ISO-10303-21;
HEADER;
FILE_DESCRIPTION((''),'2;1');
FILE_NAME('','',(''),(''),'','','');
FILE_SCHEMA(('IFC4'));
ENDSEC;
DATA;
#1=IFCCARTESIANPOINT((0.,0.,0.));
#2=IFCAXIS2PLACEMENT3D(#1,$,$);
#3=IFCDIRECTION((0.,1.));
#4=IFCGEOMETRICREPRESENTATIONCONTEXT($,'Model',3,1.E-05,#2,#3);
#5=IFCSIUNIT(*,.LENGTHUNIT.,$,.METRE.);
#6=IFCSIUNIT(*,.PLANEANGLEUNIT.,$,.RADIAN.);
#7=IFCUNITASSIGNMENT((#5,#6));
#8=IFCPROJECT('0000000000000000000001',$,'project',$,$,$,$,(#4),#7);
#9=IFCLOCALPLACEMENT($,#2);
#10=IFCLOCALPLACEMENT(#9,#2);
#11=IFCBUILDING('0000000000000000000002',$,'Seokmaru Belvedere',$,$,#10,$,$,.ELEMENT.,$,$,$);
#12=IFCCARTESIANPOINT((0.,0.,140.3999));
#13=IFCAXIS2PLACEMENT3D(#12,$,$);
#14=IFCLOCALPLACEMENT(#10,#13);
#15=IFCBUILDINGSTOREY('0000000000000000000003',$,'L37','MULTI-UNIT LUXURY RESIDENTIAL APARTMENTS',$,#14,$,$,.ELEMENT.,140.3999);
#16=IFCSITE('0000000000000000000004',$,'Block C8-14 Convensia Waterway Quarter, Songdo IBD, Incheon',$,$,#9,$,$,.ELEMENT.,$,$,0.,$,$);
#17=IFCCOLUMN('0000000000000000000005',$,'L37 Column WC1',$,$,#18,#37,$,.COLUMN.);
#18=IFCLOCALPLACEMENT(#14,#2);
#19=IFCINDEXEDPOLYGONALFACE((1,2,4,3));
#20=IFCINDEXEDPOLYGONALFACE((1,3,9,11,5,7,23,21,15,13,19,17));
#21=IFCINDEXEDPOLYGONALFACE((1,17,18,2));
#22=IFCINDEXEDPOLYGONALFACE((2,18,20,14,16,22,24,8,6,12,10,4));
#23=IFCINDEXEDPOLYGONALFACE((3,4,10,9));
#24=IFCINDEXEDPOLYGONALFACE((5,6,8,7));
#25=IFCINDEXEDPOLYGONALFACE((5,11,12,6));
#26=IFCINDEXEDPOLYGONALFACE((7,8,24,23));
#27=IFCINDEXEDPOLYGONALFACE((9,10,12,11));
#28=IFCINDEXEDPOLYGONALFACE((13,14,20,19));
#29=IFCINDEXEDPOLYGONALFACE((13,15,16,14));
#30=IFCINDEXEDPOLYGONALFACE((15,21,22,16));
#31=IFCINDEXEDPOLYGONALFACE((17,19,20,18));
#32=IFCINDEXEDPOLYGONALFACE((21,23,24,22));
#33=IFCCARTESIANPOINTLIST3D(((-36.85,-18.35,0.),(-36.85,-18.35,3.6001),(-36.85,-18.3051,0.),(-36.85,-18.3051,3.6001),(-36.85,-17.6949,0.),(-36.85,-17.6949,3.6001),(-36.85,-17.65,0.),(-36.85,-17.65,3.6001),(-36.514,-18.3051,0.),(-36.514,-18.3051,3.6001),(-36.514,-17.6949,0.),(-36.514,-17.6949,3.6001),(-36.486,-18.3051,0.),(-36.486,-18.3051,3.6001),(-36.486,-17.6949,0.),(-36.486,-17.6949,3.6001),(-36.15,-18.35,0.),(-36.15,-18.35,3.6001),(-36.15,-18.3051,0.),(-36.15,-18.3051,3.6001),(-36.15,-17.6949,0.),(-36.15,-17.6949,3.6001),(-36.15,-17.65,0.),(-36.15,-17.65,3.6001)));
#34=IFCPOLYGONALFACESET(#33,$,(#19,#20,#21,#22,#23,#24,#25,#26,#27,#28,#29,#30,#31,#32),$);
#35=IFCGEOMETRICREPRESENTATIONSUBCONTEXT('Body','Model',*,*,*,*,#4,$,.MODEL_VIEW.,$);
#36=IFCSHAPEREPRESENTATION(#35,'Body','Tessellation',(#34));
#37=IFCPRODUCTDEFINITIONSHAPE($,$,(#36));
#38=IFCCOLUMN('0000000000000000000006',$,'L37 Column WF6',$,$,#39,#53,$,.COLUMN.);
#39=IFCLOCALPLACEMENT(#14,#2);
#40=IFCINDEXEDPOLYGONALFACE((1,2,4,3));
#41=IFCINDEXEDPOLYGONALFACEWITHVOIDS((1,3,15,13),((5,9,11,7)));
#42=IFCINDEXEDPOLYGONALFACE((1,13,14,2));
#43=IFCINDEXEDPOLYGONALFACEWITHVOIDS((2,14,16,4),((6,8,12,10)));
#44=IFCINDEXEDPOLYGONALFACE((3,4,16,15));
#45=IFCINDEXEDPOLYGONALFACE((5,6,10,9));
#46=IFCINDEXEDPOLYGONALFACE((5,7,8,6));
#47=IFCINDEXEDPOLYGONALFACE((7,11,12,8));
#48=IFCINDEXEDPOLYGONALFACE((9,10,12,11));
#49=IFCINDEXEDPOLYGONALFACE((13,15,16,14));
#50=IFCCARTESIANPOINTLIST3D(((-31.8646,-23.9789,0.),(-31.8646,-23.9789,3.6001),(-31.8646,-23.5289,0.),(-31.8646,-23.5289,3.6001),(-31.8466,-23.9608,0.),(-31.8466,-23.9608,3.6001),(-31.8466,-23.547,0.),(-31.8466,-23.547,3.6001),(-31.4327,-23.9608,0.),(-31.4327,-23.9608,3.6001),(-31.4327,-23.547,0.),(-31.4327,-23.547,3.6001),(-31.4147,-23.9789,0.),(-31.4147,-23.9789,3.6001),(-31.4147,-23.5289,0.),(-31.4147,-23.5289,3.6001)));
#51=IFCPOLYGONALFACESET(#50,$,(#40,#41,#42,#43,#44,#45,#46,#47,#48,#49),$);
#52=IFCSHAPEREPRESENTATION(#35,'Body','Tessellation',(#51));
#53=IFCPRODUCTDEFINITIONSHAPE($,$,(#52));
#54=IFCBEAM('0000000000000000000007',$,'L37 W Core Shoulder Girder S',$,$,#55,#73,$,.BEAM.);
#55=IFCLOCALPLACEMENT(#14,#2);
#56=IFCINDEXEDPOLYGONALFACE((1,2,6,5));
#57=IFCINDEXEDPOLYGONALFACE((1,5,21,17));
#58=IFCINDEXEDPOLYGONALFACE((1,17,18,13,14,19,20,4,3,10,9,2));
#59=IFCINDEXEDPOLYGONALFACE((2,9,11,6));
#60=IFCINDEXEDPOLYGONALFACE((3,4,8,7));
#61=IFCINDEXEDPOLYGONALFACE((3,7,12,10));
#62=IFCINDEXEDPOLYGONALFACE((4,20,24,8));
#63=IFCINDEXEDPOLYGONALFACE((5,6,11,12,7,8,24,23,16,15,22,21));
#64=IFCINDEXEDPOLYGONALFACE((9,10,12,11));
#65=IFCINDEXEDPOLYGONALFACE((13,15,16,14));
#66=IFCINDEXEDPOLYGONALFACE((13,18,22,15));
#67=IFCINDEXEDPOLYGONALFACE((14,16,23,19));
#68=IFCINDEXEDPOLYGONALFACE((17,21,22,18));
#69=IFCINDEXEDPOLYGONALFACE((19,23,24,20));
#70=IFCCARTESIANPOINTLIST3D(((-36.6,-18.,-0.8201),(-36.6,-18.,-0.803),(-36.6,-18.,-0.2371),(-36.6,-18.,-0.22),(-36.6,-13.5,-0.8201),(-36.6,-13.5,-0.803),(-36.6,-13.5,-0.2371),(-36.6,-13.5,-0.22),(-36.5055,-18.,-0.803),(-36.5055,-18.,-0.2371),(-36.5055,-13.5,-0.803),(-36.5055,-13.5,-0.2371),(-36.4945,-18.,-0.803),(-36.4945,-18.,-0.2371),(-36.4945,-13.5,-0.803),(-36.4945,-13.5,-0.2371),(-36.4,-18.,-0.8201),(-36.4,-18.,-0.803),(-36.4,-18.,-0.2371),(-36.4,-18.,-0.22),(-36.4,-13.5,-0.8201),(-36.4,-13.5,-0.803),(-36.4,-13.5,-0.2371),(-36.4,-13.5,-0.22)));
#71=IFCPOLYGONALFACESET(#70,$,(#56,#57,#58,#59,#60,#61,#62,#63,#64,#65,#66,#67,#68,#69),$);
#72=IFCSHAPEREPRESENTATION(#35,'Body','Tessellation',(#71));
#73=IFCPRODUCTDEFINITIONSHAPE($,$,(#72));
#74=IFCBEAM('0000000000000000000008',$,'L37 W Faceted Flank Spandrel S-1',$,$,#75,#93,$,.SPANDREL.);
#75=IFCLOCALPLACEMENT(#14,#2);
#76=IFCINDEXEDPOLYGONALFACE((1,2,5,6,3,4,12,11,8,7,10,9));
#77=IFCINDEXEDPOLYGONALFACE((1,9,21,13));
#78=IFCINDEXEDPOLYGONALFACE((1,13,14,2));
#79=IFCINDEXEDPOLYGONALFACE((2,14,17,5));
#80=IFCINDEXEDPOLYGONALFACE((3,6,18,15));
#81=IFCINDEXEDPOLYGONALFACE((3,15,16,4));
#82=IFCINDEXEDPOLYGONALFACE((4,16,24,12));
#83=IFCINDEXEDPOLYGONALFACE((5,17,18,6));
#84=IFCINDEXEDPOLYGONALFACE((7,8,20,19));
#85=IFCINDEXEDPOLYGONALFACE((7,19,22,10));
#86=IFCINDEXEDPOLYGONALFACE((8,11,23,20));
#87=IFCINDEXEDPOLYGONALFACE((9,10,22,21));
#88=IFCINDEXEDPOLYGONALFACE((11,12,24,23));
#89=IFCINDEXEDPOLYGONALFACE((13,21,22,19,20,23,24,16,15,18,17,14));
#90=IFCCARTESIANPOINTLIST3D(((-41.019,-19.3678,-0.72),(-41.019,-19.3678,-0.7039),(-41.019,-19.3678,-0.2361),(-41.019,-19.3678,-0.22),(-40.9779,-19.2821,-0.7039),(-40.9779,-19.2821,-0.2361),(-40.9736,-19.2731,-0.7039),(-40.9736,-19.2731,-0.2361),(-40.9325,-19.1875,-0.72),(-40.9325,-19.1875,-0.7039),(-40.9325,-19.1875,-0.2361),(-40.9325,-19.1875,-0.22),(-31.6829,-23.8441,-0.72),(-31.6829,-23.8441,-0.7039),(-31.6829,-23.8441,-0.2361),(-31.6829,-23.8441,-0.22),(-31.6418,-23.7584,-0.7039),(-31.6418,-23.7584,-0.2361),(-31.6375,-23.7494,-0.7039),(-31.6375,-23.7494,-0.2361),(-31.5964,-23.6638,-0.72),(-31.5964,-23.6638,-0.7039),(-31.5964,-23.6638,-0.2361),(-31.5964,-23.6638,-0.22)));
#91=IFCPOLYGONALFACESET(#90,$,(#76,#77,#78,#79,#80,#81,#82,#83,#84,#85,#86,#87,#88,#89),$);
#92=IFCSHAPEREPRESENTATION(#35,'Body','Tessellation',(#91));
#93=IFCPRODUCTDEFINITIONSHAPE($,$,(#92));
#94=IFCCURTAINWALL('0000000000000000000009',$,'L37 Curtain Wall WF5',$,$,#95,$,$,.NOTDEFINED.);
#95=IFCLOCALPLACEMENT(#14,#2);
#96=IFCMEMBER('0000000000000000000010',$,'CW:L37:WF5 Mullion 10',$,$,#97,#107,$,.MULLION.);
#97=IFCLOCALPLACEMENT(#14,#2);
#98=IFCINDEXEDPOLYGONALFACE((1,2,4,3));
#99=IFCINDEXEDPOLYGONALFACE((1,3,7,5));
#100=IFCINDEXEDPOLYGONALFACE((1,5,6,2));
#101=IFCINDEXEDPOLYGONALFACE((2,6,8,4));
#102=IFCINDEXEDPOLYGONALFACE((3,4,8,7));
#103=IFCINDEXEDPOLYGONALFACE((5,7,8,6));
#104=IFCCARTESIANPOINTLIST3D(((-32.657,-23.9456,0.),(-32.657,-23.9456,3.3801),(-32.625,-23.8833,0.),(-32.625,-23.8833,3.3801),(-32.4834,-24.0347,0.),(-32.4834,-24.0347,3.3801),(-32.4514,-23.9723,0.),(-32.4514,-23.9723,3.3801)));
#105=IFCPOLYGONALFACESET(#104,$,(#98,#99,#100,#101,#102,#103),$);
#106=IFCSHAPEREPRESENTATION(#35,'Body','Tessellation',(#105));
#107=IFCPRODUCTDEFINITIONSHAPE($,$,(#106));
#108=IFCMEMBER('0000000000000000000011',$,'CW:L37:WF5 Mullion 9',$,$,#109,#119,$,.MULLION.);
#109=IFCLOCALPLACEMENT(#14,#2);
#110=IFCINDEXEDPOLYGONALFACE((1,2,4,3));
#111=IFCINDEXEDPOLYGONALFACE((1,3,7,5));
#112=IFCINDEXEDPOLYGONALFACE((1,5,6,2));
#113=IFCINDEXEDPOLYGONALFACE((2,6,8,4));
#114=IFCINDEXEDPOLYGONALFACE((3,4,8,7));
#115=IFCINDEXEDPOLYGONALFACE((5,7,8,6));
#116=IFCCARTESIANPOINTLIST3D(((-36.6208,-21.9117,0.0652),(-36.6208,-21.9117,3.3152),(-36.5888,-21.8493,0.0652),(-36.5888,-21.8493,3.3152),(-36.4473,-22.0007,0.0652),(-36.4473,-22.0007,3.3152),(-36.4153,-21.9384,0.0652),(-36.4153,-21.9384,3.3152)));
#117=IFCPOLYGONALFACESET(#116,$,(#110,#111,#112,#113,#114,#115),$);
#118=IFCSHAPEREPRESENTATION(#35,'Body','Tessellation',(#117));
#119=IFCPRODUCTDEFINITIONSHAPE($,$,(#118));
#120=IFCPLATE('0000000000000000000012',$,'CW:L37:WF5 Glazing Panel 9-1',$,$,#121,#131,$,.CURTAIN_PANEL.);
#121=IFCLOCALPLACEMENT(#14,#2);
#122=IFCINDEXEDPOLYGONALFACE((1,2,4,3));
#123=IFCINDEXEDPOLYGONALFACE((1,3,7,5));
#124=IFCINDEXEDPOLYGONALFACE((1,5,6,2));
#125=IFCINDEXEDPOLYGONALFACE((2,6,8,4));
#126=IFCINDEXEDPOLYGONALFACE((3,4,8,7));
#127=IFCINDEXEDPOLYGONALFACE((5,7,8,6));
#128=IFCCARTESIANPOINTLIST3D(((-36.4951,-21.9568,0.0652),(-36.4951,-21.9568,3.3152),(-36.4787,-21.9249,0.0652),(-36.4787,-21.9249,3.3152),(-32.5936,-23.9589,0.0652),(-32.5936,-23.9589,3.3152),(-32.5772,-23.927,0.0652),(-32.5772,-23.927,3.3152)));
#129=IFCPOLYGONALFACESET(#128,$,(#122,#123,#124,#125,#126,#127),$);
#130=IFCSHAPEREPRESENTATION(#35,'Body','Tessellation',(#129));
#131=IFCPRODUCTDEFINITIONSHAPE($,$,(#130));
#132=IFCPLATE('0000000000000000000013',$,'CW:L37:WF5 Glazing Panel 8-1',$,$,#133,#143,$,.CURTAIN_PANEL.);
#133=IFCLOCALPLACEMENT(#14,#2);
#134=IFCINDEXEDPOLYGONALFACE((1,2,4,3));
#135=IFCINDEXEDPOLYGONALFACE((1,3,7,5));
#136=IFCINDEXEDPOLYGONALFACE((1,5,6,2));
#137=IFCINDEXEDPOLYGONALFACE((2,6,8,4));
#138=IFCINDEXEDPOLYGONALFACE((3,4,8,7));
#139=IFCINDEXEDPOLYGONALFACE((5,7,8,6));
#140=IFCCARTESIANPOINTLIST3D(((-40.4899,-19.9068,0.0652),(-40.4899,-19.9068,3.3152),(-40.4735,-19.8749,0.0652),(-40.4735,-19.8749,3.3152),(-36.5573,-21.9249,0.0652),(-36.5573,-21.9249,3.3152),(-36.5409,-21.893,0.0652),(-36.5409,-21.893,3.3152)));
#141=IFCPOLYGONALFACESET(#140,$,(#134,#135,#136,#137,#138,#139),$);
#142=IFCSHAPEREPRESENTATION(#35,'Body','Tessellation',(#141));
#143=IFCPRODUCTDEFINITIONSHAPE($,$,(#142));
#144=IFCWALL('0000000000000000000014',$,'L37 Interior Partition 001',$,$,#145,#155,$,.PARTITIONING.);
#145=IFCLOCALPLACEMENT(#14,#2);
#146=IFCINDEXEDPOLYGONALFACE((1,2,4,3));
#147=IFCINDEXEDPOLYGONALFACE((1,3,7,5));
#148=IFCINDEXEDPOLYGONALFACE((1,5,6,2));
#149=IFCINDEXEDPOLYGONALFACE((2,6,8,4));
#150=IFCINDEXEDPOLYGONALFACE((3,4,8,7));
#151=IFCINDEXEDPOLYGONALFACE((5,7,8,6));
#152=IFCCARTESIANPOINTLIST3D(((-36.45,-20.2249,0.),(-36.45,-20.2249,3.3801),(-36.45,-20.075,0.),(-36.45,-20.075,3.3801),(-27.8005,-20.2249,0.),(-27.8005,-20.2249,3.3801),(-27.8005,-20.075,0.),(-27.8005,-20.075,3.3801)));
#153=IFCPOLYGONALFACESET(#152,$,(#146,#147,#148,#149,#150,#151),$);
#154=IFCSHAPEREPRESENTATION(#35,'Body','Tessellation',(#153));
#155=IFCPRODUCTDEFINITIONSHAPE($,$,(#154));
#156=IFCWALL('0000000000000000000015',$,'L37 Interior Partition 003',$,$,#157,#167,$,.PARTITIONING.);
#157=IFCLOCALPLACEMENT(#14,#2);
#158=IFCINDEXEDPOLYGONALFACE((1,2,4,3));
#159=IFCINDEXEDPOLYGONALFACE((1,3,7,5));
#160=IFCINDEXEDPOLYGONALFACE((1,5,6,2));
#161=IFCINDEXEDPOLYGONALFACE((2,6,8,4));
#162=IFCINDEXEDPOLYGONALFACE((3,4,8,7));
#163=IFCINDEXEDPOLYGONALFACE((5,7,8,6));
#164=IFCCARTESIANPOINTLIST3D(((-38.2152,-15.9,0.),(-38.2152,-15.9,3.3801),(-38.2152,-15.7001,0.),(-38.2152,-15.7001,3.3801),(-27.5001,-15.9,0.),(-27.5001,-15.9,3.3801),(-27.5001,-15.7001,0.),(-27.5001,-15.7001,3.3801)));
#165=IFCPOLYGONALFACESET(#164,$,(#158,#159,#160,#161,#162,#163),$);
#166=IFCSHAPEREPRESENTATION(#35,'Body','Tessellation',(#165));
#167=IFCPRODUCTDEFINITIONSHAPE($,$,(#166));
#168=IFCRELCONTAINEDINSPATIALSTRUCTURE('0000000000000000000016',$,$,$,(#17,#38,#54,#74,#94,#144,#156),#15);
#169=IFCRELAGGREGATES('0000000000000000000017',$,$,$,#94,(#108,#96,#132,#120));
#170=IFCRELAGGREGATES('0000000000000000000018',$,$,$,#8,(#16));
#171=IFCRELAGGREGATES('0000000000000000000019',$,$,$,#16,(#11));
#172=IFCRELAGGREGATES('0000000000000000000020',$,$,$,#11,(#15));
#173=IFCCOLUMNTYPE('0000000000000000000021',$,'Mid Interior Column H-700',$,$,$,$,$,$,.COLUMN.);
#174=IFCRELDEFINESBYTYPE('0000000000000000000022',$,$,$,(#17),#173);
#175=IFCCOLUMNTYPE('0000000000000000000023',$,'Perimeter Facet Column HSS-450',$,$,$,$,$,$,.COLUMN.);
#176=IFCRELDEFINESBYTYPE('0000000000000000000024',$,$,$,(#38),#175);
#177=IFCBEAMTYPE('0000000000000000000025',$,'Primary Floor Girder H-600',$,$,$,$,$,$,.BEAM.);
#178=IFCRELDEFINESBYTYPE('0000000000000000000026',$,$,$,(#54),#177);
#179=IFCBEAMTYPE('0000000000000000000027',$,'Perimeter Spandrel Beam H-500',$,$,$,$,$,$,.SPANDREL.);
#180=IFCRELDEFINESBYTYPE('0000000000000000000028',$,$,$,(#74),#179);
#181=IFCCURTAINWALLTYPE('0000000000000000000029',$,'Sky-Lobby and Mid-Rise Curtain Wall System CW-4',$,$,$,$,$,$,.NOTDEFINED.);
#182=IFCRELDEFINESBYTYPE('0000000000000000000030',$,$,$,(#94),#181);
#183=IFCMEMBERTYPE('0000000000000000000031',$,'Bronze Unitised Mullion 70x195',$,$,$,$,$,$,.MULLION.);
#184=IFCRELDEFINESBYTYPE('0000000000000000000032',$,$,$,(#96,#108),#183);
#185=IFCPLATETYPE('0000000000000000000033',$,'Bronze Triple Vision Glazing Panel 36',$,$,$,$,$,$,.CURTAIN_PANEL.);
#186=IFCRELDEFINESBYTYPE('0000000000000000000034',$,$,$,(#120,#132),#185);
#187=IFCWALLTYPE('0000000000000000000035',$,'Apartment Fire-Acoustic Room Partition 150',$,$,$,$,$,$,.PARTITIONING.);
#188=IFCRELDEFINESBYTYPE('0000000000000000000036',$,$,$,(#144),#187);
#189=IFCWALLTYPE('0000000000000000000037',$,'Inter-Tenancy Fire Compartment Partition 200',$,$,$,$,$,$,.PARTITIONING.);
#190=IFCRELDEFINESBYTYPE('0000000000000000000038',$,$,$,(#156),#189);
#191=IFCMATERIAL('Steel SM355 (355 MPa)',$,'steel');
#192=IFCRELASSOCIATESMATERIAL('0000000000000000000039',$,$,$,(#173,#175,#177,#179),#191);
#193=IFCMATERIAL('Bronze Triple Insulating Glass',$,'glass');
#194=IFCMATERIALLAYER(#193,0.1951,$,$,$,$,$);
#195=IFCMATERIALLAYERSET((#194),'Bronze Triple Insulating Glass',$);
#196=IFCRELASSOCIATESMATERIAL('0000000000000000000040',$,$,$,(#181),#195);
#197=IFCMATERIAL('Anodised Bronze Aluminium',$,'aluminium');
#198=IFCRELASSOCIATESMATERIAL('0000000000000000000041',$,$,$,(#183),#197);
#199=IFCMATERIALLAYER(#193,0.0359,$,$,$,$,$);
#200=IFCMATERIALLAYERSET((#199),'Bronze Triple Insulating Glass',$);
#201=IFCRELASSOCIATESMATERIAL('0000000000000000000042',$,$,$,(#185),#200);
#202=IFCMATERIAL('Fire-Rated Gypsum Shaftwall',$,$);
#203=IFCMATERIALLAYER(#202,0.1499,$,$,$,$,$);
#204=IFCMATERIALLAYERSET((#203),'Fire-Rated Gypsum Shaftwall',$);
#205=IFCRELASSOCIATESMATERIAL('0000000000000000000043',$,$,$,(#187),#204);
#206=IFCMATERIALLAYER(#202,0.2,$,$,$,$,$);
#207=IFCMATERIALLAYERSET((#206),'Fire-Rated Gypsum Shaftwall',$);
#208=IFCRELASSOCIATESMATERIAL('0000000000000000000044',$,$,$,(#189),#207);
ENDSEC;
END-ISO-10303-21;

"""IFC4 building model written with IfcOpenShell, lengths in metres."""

from ifc_helpers import new_model, si_unit, direction, frame, frame_2d, origin, origin_2d, place, context, subcontext, project, spatial, rectangle, hollow_rectangle, i_section, extrude, source, transform, mapped, material, layer, layer_set, material_profile, profile_set, type_object, type_shapes, element, aggregate, save


model = new_model("IFC4")

# Units and contexts
model_context = context("Model", 3, precision=1e-05, world=origin(), true_north=direction((0.0, 1.0)))
body_context = subcontext(model_context, "Body", "Model", "MODEL_VIEW")
ifc_project = project(units=[si_unit("LENGTHUNIT", "METRE"), si_unit("PLANEANGLEUNIT", "RADIAN")], contexts=[model_context])

# Site, building, storey
site_placement = place(None, origin())
site = spatial("IfcSite", under=ifc_project, at=site_placement, Name="Block C8-14 Convensia Waterway Quarter, Songdo IBD, Incheon", CompositionType="ELEMENT", RefElevation=0.0)
building_placement = place(site_placement, origin())
building = spatial("IfcBuilding", under=site, at=building_placement, Name="Seokmaru Belvedere", CompositionType="ELEMENT")
storey_placement = place(building_placement, frame((0.0, 0.0, 140.3999)))
storey = spatial("IfcBuildingStorey", under=building, at=storey_placement, Name="L37", Description="MULTI-UNIT LUXURY RESIDENTIAL APARTMENTS", CompositionType="ELEMENT", Elevation=140.3999)

# Columns
ifc_material_1 = material(Name="Steel SM355 (355 MPa)", Category="steel")
ifc_material_profile_1 = material_profile(ifc_material_1, i_section(OverallWidth=0.7, OverallDepth=0.7, WebThickness=0.0281, FlangeThickness=0.0449, at=origin_2d()), Name="H-700x700x28x45")
ifc_profile_set_1 = profile_set([ifc_material_profile_1], Name="Steel SM355 (355 MPa)")
column_type_1 = type_object("IfcColumnType", Name="Mid Interior Column H-700", PredefinedType="COLUMN", material=ifc_profile_set_1)
shared_shape_1 = source(origin(), body_context, "Body", "SweptSolid", [
    extrude(i_section(OverallWidth=0.7, OverallDepth=0.7, WebThickness=0.0281, FlangeThickness=0.0449, at=origin_2d()), origin(), (0.0, 0.0, 1.0), 3.6001),
])
type_shapes(column_type_1, [shared_shape_1])
column_1_placement = place(storey_placement, frame((-36.5, -18.0, 0.0), z_axis=(0.0, 0.0, 1.0), x_axis=(1.0, 0.0, 0.0)))
element("IfcColumn", 1, at=column_1_placement, inside=storey, type_object=column_type_1, Name="L37 Column WC1", PredefinedType="COLUMN", context=body_context, shape_type="MappedRepresentation", body=[
    mapped(shared_shape_1, transform((0.0, 0.0, 0.0), scale=1.0)),
])
ifc_material_profile_2 = material_profile(ifc_material_1, hollow_rectangle(XDim=0.45, YDim=0.45, WallThickness=0.0181, at=origin_2d()), Name="HSS-450x450x18")
ifc_profile_set_2 = profile_set([ifc_material_profile_2], Name="Steel SM355 (355 MPa)")
column_type_2 = type_object("IfcColumnType", Name="Perimeter Facet Column HSS-450", PredefinedType="COLUMN", material=ifc_profile_set_2)
shared_shape_2 = source(origin(), body_context, "Body", "SweptSolid", [
    extrude(hollow_rectangle(XDim=0.45, YDim=0.45, WallThickness=0.0181, at=origin_2d()), origin(), (0.0, 0.0, 1.0), 3.6001),
])
type_shapes(column_type_2, [shared_shape_2])
column_2_placement = place(storey_placement, frame((-31.6396, -23.7539, 0.0), z_axis=(0.0, 0.0, 1.0), x_axis=(1.0, 0.0, 0.0)))
element("IfcColumn", 2, at=column_2_placement, inside=storey, type_object=column_type_2, Name="L37 Column WF6", PredefinedType="COLUMN", context=body_context, shape_type="MappedRepresentation", body=[
    mapped(shared_shape_2, transform((0.0, 0.0, 0.0), scale=1.0)),
])

# Beams
ifc_material_profile_3 = material_profile(ifc_material_1, i_section(OverallWidth=0.2, OverallDepth=0.6001, WebThickness=0.011, FlangeThickness=0.0171, at=origin_2d()), Name="H-600x200x11x17")
ifc_profile_set_3 = profile_set([ifc_material_profile_3], Name="Steel SM355 (355 MPa)")
beam_type_1 = type_object("IfcBeamType", Name="Primary Floor Girder H-600", PredefinedType="BEAM", material=ifc_profile_set_3)
shared_shape_3 = source(origin(), body_context, "Body", "SweptSolid", [
    extrude(i_section(OverallWidth=0.2, OverallDepth=0.6001, WebThickness=0.011, FlangeThickness=0.0171, at=origin_2d()), origin(), (0.0, 0.0, 1.0), 4.5),
])
type_shapes(beam_type_1, [shared_shape_3])
beam_1_placement = place(storey_placement, frame((-36.5, -18.0, -0.52), z_axis=(0.0, 1.0, 0.0), x_axis=(-1.0, 0.0, 0.0)))
element("IfcBeam", 3, at=beam_1_placement, inside=storey, type_object=beam_type_1, Name="L37 W Core Shoulder Girder S", PredefinedType="BEAM", context=body_context, shape_type="MappedRepresentation", body=[
    mapped(shared_shape_3, transform((0.0, 0.0, 0.0), scale=1.0)),
])
ifc_material_profile_4 = material_profile(ifc_material_1, i_section(OverallWidth=0.2, OverallDepth=0.5, WebThickness=0.01, FlangeThickness=0.0161, at=origin_2d()), Name="H-500x200x10x16")
ifc_profile_set_4 = profile_set([ifc_material_profile_4], Name="Steel SM355 (355 MPa)")
beam_type_2 = type_object("IfcBeamType", Name="Perimeter Spandrel Beam H-500", PredefinedType="SPANDREL", material=ifc_profile_set_4)
shared_shape_4 = source(origin(), body_context, "Body", "SweptSolid", [
    extrude(i_section(OverallWidth=0.2, OverallDepth=0.5, WebThickness=0.01, FlangeThickness=0.0161, at=origin_2d()), origin(), (0.0, 0.0, 1.0), 10.3538),
])
type_shapes(beam_type_2, [shared_shape_4])
beam_2_placement = place(storey_placement, frame((-31.6396, -23.7539, -0.47), z_axis=(-0.901713, 0.432335, 0.0), x_axis=(-0.432335, -0.901713, 0.0)))
element("IfcBeam", 4, at=beam_2_placement, inside=storey, type_object=beam_type_2, Name="L37 W Faceted Flank Spandrel S-1", PredefinedType="SPANDREL", context=body_context, shape_type="MappedRepresentation", body=[
    mapped(shared_shape_4, transform((0.0, 0.0, 0.0), scale=1.0)),
])

# Curtain wall, members, plates
ifc_material_2 = material(Name="Bronze Triple Insulating Glass", Category="glass")
ifc_layer_1 = layer(ifc_material_2, 0.1951)
ifc_layer_set_1 = layer_set([ifc_layer_1], Name="Bronze Triple Insulating Glass")
curtain_wall_type = type_object("IfcCurtainWallType", Name="Sky-Lobby and Mid-Rise Curtain Wall System CW-4", PredefinedType="NOTDEFINED", material=ifc_layer_set_1)
curtain_wall_placement = place(storey_placement, origin())
curtain_wall = element("IfcCurtainWall", 5, at=curtain_wall_placement, inside=storey, type_object=curtain_wall_type, Name="L37 Curtain Wall WF5", PredefinedType="NOTDEFINED")
ifc_material_3 = material(Name="Anodised Bronze Aluminium", Category="aluminium")
ifc_material_profile_5 = material_profile(ifc_material_3, rectangle(XDim=0.0701, YDim=0.1951, at=origin_2d()), Name="CW-M-70x195")
ifc_profile_set_5 = profile_set([ifc_material_profile_5], Name="Anodised Bronze Aluminium")
member_type = type_object("IfcMemberType", Name="Bronze Unitised Mullion 70x195", PredefinedType="MULLION", material=ifc_profile_set_5)
shared_shape_5 = source(origin(), body_context, "Body", "SweptSolid", [
    extrude(rectangle(XDim=0.0701, YDim=0.1951, at=origin_2d()), origin(), (0.0, 0.0, 1.0), 3.3801),
])
member_1_placement = place(storey_placement, frame((-32.5542, -23.959, 0.0), z_axis=(0.0, 0.0, 1.0), x_axis=(0.456555, 0.889695, 0.0)))
member_1 = element("IfcMember", 6, at=member_1_placement, type_object=member_type, Name="CW:L37:WF5 Mullion 10", PredefinedType="MULLION", context=body_context, shape_type="MappedRepresentation", body=[
    mapped(shared_shape_5, transform((0.0, 0.0, 0.0), scale=1.0)),
])
shared_shape_6 = source(origin(), body_context, "Body", "SweptSolid", [
    extrude(rectangle(XDim=0.0701, YDim=0.1951, at=origin_2d()), origin(), (0.0, 0.0, 1.0), 3.25),
])
type_shapes(member_type, [shared_shape_5, shared_shape_6])
member_2_placement = place(storey_placement, frame((-36.5181, -21.925, 0.0652), z_axis=(0.0, 0.0, 1.0), x_axis=(0.456555, 0.889695, 0.0)))
member_2 = element("IfcMember", 7, at=member_2_placement, type_object=member_type, Name="CW:L37:WF5 Mullion 9", PredefinedType="MULLION", context=body_context, shape_type="MappedRepresentation", body=[
    mapped(shared_shape_6, transform((0.0, 0.0, 0.0), scale=1.0)),
])
ifc_layer_2 = layer(ifc_material_2, 0.0359)
ifc_layer_set_2 = layer_set([ifc_layer_2], Name="Bronze Triple Insulating Glass")
plate_type = type_object("IfcPlateType", Name="Bronze Triple Vision Glazing Panel 36", PredefinedType="CURTAIN_PANEL", material=ifc_layer_set_2)
shared_shape_7 = source(origin(), body_context, "Body", "SweptSolid", [
    extrude(rectangle(XDim=4.3853, YDim=0.0359, at=origin_2d()), origin(), (0.0, 0.0, 1.0), 3.25),
])
plate_1_placement = place(storey_placement, frame((-34.5361, -22.9419, 0.0652), z_axis=(0.0, 0.0, 1.0), x_axis=(0.889695, -0.456555, 0.0)))
plate_1 = element("IfcPlate", 8, at=plate_1_placement, type_object=plate_type, Name="CW:L37:WF5 Glazing Panel 9-1", PredefinedType="CURTAIN_PANEL", context=body_context, shape_type="MappedRepresentation", body=[
    mapped(shared_shape_7, transform((0.0, 0.0, 0.0), scale=1.0)),
])
shared_shape_8 = source(origin(), body_context, "Body", "SweptSolid", [
    extrude(rectangle(XDim=4.4202, YDim=0.0359, at=origin_2d()), origin(), (0.0, 0.0, 1.0), 3.25),
])
type_shapes(plate_type, [shared_shape_7, shared_shape_8])
plate_2_placement = place(storey_placement, frame((-38.5154, -20.8999, 0.0652), z_axis=(0.0, 0.0, 1.0), x_axis=(0.889695, -0.456555, 0.0)))
plate_2 = element("IfcPlate", 9, at=plate_2_placement, type_object=plate_type, Name="CW:L37:WF5 Glazing Panel 8-1", PredefinedType="CURTAIN_PANEL", context=body_context, shape_type="MappedRepresentation", body=[
    mapped(shared_shape_8, transform((0.0, 0.0, 0.0), scale=1.0)),
])
aggregate(curtain_wall, [member_2, member_1, plate_2, plate_1])

# Walls
ifc_material_4 = material(Name="Fire-Rated Gypsum Shaftwall")
ifc_layer_3 = layer(ifc_material_4, 0.1499)
ifc_layer_set_3 = layer_set([ifc_layer_3], Name="Fire-Rated Gypsum Shaftwall")
wall_type_1 = type_object("IfcWallType", Name="Apartment Fire-Acoustic Room Partition 150", PredefinedType="PARTITIONING", material=ifc_layer_set_3)
wall_1_placement = place(storey_placement, frame((-36.45, -20.1499, 0.0), z_axis=(0.0, 0.0, 1.0), x_axis=(1.0, 0.0, 0.0)))
element("IfcWall", 10, at=wall_1_placement, inside=storey, type_object=wall_type_1, Name="L37 Interior Partition 001", PredefinedType="PARTITIONING", context=body_context, shape_type="SweptSolid", body=[
    extrude(rectangle(XDim=8.6494, YDim=0.1499, at=frame_2d((4.3247, 0.0))), origin(), (0.0, 0.0, 1.0), 3.3801),
])
ifc_layer_4 = layer(ifc_material_4, 0.2)
ifc_layer_set_4 = layer_set([ifc_layer_4], Name="Fire-Rated Gypsum Shaftwall")
wall_type_2 = type_object("IfcWallType", Name="Inter-Tenancy Fire Compartment Partition 200", PredefinedType="PARTITIONING", material=ifc_layer_set_4)
wall_2_placement = place(storey_placement, frame((-38.2151, -15.8, 0.0), z_axis=(0.0, 0.0, 1.0), x_axis=(1.0, 0.0, 0.0)))
element("IfcWall", 11, at=wall_2_placement, inside=storey, type_object=wall_type_2, Name="L37 Interior Partition 003", PredefinedType="PARTITIONING", context=body_context, shape_type="SweptSolid", body=[
    extrude(rectangle(XDim=10.7151, YDim=0.2, at=frame_2d((5.3574, 0.0))), origin(), (0.0, 0.0, 1.0), 3.3801),
])

save(model, "model.ifc")
